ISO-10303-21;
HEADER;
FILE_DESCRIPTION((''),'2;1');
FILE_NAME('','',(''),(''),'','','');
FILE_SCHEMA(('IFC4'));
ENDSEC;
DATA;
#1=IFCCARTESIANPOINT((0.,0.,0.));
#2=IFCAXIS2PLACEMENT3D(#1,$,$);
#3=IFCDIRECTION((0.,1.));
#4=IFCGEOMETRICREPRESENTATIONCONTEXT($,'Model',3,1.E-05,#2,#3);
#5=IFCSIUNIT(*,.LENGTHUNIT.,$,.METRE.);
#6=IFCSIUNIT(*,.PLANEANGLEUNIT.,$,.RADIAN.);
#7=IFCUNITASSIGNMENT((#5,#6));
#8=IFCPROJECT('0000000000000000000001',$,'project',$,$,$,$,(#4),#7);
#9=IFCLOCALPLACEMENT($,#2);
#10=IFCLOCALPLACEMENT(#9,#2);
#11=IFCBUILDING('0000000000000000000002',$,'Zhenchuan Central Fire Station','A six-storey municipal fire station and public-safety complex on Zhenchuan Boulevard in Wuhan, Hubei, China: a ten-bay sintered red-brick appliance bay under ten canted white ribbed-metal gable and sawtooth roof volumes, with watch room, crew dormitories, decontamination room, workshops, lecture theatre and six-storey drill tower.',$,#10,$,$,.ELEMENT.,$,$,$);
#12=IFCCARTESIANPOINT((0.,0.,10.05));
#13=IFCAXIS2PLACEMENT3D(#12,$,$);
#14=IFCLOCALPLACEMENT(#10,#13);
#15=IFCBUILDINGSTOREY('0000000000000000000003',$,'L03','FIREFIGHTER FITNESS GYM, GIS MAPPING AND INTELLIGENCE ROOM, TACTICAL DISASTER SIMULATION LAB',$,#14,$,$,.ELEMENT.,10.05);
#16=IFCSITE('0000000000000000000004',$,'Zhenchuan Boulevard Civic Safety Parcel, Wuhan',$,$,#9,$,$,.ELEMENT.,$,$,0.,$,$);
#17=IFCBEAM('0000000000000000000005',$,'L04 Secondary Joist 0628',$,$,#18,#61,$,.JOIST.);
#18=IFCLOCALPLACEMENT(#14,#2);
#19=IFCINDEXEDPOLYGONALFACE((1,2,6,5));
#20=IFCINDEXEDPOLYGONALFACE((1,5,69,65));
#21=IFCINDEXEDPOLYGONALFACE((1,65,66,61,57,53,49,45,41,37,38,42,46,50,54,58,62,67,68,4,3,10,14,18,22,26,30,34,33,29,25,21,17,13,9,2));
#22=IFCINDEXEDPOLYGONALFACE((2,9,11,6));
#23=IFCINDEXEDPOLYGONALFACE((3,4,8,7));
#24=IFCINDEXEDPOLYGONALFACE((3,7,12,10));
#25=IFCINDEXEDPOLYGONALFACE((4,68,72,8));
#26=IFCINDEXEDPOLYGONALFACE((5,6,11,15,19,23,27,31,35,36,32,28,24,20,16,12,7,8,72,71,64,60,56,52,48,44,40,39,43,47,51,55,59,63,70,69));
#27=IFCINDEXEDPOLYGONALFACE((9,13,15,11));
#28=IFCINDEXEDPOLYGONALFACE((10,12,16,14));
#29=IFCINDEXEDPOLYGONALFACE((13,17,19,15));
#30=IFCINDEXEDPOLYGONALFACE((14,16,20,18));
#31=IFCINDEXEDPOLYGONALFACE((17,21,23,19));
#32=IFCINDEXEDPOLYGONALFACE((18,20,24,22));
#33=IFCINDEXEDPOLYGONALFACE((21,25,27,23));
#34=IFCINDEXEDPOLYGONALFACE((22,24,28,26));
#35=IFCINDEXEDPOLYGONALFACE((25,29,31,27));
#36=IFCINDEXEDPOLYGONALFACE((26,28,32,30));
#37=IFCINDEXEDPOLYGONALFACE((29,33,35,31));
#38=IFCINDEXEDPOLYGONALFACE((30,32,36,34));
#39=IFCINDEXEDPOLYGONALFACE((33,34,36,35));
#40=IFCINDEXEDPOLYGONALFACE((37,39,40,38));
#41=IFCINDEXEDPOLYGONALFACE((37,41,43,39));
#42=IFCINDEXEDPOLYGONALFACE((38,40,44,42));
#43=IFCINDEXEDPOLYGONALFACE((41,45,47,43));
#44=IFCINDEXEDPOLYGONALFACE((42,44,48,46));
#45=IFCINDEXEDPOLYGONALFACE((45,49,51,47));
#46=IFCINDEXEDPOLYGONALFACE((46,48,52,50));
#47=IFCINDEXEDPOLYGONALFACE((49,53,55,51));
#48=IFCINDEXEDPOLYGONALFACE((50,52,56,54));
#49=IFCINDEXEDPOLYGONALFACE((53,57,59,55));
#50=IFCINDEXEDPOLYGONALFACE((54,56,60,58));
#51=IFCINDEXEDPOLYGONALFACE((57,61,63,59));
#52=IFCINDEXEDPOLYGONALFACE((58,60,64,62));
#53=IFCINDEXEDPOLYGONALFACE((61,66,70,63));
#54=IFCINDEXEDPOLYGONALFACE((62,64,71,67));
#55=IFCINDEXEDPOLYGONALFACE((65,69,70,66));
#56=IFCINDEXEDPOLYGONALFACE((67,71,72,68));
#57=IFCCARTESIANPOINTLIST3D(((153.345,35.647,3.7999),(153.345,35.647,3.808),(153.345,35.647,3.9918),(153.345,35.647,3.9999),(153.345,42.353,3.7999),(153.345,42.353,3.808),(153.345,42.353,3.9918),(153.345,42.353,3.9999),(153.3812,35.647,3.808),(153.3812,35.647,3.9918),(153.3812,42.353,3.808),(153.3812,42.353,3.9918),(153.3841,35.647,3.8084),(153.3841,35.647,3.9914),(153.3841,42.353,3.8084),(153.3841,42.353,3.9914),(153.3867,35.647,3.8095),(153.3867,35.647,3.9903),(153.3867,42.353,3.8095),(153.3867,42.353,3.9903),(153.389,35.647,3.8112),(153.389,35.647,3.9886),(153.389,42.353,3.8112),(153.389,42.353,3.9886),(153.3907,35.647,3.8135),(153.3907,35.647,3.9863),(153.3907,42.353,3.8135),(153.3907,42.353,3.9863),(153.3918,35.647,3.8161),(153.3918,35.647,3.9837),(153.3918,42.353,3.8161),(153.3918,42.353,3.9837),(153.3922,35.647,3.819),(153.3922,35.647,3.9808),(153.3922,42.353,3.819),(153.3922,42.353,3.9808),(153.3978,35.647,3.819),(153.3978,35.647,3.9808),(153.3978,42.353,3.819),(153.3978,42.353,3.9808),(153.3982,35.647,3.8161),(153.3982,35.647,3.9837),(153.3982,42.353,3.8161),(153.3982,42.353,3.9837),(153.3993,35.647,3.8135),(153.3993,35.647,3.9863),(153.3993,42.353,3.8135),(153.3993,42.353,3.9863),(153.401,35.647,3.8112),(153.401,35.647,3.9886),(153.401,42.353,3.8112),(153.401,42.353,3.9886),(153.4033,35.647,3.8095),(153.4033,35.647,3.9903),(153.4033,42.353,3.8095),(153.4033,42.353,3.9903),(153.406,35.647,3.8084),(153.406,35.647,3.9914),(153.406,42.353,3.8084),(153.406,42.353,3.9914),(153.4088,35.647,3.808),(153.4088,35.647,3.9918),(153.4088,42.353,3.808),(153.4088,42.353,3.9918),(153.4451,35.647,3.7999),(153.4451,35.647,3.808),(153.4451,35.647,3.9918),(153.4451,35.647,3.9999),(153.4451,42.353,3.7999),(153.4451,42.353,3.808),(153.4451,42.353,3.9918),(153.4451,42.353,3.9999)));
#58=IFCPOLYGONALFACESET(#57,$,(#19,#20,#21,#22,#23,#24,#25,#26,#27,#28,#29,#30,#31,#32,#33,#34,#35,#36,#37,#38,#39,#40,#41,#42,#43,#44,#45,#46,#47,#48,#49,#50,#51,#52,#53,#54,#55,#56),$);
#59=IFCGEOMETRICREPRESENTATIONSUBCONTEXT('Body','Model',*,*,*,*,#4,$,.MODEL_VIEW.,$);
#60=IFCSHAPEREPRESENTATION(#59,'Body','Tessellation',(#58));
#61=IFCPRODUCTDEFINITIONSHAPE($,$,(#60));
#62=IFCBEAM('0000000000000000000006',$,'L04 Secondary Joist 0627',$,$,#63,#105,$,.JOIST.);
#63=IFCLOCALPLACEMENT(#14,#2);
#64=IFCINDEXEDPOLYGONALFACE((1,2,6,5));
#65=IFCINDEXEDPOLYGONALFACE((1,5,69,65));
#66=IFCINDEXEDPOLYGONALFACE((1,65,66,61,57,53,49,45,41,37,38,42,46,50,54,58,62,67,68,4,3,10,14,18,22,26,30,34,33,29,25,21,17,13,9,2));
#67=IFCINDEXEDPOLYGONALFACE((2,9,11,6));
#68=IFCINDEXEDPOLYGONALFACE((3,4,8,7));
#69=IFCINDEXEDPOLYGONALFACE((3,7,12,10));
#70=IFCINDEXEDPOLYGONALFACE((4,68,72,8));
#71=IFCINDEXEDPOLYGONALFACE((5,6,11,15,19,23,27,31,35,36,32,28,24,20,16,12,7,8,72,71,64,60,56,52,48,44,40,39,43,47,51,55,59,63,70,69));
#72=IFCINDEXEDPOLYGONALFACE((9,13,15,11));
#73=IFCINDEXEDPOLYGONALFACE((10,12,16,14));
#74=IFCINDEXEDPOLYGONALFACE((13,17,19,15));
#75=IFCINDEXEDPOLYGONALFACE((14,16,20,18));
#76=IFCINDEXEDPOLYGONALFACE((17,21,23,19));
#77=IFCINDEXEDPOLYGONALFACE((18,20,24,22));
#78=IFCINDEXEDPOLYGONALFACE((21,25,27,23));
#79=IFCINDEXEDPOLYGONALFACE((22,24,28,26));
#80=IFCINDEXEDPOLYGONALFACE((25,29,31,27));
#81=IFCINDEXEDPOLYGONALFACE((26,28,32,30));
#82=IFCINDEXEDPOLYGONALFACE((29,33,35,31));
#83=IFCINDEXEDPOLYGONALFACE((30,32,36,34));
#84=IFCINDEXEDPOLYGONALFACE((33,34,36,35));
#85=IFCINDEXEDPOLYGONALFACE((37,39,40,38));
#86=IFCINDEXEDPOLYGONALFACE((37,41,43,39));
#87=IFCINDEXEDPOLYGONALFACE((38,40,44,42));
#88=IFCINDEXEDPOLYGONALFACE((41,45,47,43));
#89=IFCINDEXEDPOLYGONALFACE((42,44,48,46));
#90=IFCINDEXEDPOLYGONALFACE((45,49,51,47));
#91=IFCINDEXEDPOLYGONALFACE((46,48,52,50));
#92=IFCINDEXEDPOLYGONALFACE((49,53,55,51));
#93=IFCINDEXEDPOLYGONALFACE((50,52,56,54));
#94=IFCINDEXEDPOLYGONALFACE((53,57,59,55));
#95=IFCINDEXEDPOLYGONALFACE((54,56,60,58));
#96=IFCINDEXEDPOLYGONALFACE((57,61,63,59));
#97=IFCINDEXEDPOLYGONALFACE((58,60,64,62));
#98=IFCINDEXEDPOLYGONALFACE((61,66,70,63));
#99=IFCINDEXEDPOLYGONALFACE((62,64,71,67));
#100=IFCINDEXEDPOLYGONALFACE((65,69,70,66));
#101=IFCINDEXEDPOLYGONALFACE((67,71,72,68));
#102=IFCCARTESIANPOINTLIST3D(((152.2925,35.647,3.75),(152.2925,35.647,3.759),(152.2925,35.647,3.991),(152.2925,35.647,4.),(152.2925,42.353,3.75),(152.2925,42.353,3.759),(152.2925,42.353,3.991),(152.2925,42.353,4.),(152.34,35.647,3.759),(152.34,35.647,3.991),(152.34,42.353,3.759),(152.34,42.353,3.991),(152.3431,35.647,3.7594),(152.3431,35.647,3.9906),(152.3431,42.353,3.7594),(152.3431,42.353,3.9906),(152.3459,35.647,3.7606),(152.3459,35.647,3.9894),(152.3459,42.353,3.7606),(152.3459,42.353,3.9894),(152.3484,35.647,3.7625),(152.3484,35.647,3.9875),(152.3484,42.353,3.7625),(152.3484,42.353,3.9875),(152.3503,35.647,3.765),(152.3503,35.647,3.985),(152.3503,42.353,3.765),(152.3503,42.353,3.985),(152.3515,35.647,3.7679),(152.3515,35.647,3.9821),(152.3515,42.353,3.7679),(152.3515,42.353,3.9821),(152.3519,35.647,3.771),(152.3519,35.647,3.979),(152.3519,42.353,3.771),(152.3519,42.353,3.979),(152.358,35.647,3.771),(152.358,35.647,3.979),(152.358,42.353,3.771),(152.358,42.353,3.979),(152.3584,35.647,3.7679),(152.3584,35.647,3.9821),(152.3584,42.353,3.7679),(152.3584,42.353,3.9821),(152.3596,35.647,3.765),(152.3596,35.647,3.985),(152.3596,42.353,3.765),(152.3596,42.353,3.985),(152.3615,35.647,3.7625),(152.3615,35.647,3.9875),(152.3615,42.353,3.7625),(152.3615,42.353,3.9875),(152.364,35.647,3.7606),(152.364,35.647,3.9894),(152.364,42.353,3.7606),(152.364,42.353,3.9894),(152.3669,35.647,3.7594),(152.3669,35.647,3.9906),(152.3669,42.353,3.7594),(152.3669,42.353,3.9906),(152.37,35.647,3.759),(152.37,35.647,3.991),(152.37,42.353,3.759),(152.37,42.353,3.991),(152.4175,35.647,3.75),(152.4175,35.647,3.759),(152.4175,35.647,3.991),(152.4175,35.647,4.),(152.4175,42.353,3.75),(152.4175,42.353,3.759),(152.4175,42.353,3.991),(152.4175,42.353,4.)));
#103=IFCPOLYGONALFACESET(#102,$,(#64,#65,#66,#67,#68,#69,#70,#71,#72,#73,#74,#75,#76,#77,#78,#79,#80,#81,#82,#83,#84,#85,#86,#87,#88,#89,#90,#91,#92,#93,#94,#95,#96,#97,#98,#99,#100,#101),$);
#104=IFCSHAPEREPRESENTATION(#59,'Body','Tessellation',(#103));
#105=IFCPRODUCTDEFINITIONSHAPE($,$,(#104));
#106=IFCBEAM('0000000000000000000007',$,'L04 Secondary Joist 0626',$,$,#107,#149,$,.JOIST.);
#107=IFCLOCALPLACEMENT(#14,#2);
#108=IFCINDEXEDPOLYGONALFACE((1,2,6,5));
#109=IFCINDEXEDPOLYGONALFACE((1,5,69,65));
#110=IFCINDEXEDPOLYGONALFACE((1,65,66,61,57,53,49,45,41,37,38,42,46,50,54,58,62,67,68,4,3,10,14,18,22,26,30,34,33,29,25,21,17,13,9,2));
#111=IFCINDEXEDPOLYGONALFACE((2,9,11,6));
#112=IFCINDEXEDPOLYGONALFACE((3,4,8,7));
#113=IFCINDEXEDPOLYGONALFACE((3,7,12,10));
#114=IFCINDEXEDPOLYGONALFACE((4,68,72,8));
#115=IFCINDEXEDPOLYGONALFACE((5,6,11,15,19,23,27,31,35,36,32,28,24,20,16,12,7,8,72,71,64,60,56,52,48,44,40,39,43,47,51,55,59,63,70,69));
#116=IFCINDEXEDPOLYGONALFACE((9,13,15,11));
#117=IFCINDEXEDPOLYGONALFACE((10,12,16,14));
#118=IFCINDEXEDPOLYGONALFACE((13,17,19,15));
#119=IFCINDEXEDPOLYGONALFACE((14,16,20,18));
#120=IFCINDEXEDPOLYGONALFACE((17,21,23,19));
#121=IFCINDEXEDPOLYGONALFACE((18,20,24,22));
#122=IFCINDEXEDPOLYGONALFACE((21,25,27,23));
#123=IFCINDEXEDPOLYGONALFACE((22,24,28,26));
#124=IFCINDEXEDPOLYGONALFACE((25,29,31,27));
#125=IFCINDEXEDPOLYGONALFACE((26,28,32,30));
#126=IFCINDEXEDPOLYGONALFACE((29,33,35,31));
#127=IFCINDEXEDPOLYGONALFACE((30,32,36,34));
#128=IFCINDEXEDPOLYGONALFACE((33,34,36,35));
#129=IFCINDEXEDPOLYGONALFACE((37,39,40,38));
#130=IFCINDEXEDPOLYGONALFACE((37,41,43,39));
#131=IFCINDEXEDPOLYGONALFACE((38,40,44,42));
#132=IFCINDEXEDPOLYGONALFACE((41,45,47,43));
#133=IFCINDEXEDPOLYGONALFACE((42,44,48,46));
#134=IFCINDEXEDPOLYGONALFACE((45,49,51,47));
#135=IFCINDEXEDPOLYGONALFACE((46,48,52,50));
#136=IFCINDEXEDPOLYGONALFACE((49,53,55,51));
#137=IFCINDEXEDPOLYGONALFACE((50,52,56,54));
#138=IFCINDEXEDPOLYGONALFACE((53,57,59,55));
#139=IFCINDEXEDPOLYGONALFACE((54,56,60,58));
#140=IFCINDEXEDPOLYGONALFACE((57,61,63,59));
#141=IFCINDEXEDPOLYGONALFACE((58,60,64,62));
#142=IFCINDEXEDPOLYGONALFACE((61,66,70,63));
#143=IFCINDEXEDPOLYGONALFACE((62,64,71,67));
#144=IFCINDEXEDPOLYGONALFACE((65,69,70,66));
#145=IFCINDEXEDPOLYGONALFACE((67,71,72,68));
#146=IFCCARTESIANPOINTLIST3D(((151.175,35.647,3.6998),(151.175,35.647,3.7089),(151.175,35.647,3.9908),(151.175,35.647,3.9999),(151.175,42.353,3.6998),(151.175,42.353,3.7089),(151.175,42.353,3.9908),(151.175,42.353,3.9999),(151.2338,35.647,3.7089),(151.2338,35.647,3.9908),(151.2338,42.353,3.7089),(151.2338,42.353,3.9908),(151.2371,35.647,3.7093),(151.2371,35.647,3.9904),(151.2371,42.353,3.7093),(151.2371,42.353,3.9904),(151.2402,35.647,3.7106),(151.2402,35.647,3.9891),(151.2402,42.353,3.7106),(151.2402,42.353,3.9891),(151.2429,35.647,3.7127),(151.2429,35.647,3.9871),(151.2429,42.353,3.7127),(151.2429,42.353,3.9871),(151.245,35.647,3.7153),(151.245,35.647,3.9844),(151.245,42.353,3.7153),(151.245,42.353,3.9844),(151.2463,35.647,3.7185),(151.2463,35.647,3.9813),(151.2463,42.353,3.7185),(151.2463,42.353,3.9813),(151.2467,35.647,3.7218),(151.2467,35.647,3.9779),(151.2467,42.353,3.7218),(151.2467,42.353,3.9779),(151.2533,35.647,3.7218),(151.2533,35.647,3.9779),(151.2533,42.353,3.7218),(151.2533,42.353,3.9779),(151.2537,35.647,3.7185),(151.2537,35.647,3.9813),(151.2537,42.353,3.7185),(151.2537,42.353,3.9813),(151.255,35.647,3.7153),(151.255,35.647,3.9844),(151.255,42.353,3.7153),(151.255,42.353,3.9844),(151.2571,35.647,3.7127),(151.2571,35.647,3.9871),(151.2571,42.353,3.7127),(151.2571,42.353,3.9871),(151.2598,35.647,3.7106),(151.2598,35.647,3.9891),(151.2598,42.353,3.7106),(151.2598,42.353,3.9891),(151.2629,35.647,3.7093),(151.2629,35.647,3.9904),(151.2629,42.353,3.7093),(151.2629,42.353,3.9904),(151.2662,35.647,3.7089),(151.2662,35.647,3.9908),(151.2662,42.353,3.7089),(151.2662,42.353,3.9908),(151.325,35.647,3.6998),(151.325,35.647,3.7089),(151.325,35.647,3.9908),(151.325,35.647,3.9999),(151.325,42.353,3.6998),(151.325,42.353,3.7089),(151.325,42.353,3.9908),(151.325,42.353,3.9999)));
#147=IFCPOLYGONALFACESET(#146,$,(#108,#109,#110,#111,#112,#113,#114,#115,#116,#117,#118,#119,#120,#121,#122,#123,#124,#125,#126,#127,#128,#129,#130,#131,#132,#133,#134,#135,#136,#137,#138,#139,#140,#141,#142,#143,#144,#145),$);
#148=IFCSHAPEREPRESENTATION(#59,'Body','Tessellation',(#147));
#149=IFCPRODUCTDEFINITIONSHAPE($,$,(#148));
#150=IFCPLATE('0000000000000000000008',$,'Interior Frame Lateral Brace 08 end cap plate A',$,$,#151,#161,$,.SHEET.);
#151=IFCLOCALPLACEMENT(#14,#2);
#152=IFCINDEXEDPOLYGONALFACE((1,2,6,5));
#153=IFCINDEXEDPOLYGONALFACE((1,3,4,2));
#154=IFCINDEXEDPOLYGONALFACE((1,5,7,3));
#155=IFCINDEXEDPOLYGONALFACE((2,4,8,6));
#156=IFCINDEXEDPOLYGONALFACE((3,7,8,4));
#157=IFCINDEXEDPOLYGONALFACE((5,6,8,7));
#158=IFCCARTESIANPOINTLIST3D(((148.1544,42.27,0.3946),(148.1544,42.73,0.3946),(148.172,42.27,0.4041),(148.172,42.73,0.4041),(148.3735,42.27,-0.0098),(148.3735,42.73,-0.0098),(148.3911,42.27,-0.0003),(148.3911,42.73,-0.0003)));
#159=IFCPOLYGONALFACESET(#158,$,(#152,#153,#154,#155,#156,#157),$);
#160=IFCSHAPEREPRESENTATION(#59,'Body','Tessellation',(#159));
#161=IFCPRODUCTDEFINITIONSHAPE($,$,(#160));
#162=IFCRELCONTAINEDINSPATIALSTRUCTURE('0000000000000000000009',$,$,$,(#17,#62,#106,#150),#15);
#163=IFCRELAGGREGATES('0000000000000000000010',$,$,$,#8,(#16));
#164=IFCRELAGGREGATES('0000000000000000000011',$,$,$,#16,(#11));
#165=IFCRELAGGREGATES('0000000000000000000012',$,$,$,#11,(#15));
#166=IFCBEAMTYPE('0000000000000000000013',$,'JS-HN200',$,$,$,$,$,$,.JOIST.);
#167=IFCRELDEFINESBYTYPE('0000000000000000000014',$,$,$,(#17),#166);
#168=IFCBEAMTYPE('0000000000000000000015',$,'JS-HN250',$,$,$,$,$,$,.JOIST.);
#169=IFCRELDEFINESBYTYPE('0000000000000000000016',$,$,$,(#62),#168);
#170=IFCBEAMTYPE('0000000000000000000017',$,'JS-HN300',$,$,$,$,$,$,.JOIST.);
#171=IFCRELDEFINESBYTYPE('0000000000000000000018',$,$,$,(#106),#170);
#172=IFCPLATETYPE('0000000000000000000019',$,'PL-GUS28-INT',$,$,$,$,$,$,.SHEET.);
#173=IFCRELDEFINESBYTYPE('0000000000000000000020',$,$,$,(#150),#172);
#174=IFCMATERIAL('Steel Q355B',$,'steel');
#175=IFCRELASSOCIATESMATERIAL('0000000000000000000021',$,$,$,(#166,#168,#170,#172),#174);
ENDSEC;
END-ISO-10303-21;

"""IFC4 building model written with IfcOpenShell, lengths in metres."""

from ifc_helpers import new_model, si_unit, direction, frame, origin, origin_2d, place, context, subcontext, project, spatial, rectangle, i_section, extrude, material, material_profile, profile_set, type_object, element, save


model = new_model("IFC4")

# Units and contexts
model_context = context("Model", 3, precision=1e-05, world=origin(), true_north=direction((0.0, 1.0)))
body_context = subcontext(model_context, "Body", "Model", "MODEL_VIEW")
ifc_project = project(units=[si_unit("LENGTHUNIT", "METRE"), si_unit("PLANEANGLEUNIT", "RADIAN")], contexts=[model_context])

# Site, building, storey
site_placement = place(None, origin())
site = spatial("IfcSite", under=ifc_project, at=site_placement, Name="Zhenchuan Boulevard Civic Safety Parcel, Wuhan", CompositionType="ELEMENT", RefElevation=0.0)
building_placement = place(site_placement, origin())
building = spatial("IfcBuilding", under=site, at=building_placement, Name="Zhenchuan Central Fire Station", Description="A six-storey municipal fire station and public-safety complex on Zhenchuan Boulevard in Wuhan, Hubei, China: a ten-bay sintered red-brick appliance bay under ten canted white ribbed-metal gable and sawtooth roof volumes, with watch room, crew dormitories, decontamination room, workshops, lecture theatre and six-storey drill tower.", CompositionType="ELEMENT")
storey_placement = place(building_placement, frame((0.0, 0.0, 10.05)))
storey = spatial("IfcBuildingStorey", under=building, at=storey_placement, Name="L03", Description="FIREFIGHTER FITNESS GYM, GIS MAPPING AND INTELLIGENCE ROOM, TACTICAL DISASTER SIMULATION LAB", CompositionType="ELEMENT", Elevation=10.05)

# Beams
ifc_material_1 = material(Name="Steel Q355B", Category="steel")
ifc_material_profile_1 = material_profile(ifc_material_1, i_section(OverallWidth=0.1001, OverallDepth=0.2, WebThickness=0.0056, FlangeThickness=0.0081, FilletRadius=0.011, at=origin_2d()), Name="HN 200x100")
ifc_profile_set_1 = profile_set([ifc_material_profile_1], Name="Steel Q355B")
beam_type_1 = type_object("IfcBeamType", Name="JS-HN200", PredefinedType="JOIST", material=ifc_profile_set_1)
beam_1_placement = place(storey_placement, frame((153.395, 35.647, 3.8999), z_axis=(0.0, 1.0, 0.0), x_axis=(-1.0, 0.0, 0.0)))
element("IfcBeam", 1, at=beam_1_placement, inside=storey, type_object=beam_type_1, Name="L04 Secondary Joist 0628", PredefinedType="JOIST", context=body_context, shape_type="SweptSolid", body=[
    extrude(i_section(OverallWidth=0.1001, OverallDepth=0.2, WebThickness=0.0056, FlangeThickness=0.0081, FilletRadius=0.011, at=origin_2d()), origin(), (0.0, 0.0, 1.0), 6.7061),
])
ifc_material_profile_2 = material_profile(ifc_material_1, i_section(OverallWidth=0.125, OverallDepth=0.25, WebThickness=0.0061, FlangeThickness=0.009, FilletRadius=0.012, at=origin_2d()), Name="HN 250x125")
ifc_profile_set_2 = profile_set([ifc_material_profile_2], Name="Steel Q355B")
beam_type_2 = type_object("IfcBeamType", Name="JS-HN250", PredefinedType="JOIST", material=ifc_profile_set_2)
beam_2_placement = place(storey_placement, frame((152.355, 35.647, 3.875), z_axis=(0.0, 1.0, 0.0), x_axis=(-1.0, 0.0, 0.0)))
element("IfcBeam", 2, at=beam_2_placement, inside=storey, type_object=beam_type_2, Name="L04 Secondary Joist 0627", PredefinedType="JOIST", context=body_context, shape_type="SweptSolid", body=[
    extrude(i_section(OverallWidth=0.125, OverallDepth=0.25, WebThickness=0.0061, FlangeThickness=0.009, FilletRadius=0.012, at=origin_2d()), origin(), (0.0, 0.0, 1.0), 6.7061),
])
ifc_material_profile_3 = material_profile(ifc_material_1, i_section(OverallWidth=0.1499, OverallDepth=0.3, WebThickness=0.0066, FlangeThickness=0.009, FilletRadius=0.0129, at=origin_2d()), Name="HN 300x150")
ifc_profile_set_3 = profile_set([ifc_material_profile_3], Name="Steel Q355B")
beam_type_3 = type_object("IfcBeamType", Name="JS-HN300", PredefinedType="JOIST", material=ifc_profile_set_3)
beam_3_placement = place(storey_placement, frame((151.25, 35.647, 3.8499), z_axis=(0.0, 1.0, 0.0), x_axis=(-1.0, 0.0, 0.0)))
element("IfcBeam", 3, at=beam_3_placement, inside=storey, type_object=beam_type_3, Name="L04 Secondary Joist 0626", PredefinedType="JOIST", context=body_context, shape_type="SweptSolid", body=[
    extrude(i_section(OverallWidth=0.1499, OverallDepth=0.3, WebThickness=0.0066, FlangeThickness=0.009, FilletRadius=0.0129, at=origin_2d()), origin(), (0.0, 0.0, 1.0), 6.7061),
])

# Plate
ifc_material_profile_4 = material_profile(ifc_material_1, rectangle(XDim=0.46, YDim=0.46, at=origin_2d()), Name="PL 460x460x28")
ifc_profile_set_4 = profile_set([ifc_material_profile_4], Name="Steel Q355B")
plate_type = type_object("IfcPlateType", Name="PL-GUS28-INT", PredefinedType="SHEET", material=ifc_profile_set_4)
plate_placement = place(storey_placement, frame((148.2639, 42.5, 0.1924), z_axis=(0.879292, 0.0, 0.476283), x_axis=(0.0, 1.0, 0.0)))
element("IfcPlate", 4, at=plate_placement, inside=storey, type_object=plate_type, Name="Interior Frame Lateral Brace 08 end cap plate A", PredefinedType="SHEET", context=body_context, shape_type="SweptSolid", body=[
    extrude(rectangle(XDim=0.46, YDim=0.46, at=origin_2d()), origin(), (0.0, 0.0, 1.0), 0.02),
])

save(model, "model.ifc")
